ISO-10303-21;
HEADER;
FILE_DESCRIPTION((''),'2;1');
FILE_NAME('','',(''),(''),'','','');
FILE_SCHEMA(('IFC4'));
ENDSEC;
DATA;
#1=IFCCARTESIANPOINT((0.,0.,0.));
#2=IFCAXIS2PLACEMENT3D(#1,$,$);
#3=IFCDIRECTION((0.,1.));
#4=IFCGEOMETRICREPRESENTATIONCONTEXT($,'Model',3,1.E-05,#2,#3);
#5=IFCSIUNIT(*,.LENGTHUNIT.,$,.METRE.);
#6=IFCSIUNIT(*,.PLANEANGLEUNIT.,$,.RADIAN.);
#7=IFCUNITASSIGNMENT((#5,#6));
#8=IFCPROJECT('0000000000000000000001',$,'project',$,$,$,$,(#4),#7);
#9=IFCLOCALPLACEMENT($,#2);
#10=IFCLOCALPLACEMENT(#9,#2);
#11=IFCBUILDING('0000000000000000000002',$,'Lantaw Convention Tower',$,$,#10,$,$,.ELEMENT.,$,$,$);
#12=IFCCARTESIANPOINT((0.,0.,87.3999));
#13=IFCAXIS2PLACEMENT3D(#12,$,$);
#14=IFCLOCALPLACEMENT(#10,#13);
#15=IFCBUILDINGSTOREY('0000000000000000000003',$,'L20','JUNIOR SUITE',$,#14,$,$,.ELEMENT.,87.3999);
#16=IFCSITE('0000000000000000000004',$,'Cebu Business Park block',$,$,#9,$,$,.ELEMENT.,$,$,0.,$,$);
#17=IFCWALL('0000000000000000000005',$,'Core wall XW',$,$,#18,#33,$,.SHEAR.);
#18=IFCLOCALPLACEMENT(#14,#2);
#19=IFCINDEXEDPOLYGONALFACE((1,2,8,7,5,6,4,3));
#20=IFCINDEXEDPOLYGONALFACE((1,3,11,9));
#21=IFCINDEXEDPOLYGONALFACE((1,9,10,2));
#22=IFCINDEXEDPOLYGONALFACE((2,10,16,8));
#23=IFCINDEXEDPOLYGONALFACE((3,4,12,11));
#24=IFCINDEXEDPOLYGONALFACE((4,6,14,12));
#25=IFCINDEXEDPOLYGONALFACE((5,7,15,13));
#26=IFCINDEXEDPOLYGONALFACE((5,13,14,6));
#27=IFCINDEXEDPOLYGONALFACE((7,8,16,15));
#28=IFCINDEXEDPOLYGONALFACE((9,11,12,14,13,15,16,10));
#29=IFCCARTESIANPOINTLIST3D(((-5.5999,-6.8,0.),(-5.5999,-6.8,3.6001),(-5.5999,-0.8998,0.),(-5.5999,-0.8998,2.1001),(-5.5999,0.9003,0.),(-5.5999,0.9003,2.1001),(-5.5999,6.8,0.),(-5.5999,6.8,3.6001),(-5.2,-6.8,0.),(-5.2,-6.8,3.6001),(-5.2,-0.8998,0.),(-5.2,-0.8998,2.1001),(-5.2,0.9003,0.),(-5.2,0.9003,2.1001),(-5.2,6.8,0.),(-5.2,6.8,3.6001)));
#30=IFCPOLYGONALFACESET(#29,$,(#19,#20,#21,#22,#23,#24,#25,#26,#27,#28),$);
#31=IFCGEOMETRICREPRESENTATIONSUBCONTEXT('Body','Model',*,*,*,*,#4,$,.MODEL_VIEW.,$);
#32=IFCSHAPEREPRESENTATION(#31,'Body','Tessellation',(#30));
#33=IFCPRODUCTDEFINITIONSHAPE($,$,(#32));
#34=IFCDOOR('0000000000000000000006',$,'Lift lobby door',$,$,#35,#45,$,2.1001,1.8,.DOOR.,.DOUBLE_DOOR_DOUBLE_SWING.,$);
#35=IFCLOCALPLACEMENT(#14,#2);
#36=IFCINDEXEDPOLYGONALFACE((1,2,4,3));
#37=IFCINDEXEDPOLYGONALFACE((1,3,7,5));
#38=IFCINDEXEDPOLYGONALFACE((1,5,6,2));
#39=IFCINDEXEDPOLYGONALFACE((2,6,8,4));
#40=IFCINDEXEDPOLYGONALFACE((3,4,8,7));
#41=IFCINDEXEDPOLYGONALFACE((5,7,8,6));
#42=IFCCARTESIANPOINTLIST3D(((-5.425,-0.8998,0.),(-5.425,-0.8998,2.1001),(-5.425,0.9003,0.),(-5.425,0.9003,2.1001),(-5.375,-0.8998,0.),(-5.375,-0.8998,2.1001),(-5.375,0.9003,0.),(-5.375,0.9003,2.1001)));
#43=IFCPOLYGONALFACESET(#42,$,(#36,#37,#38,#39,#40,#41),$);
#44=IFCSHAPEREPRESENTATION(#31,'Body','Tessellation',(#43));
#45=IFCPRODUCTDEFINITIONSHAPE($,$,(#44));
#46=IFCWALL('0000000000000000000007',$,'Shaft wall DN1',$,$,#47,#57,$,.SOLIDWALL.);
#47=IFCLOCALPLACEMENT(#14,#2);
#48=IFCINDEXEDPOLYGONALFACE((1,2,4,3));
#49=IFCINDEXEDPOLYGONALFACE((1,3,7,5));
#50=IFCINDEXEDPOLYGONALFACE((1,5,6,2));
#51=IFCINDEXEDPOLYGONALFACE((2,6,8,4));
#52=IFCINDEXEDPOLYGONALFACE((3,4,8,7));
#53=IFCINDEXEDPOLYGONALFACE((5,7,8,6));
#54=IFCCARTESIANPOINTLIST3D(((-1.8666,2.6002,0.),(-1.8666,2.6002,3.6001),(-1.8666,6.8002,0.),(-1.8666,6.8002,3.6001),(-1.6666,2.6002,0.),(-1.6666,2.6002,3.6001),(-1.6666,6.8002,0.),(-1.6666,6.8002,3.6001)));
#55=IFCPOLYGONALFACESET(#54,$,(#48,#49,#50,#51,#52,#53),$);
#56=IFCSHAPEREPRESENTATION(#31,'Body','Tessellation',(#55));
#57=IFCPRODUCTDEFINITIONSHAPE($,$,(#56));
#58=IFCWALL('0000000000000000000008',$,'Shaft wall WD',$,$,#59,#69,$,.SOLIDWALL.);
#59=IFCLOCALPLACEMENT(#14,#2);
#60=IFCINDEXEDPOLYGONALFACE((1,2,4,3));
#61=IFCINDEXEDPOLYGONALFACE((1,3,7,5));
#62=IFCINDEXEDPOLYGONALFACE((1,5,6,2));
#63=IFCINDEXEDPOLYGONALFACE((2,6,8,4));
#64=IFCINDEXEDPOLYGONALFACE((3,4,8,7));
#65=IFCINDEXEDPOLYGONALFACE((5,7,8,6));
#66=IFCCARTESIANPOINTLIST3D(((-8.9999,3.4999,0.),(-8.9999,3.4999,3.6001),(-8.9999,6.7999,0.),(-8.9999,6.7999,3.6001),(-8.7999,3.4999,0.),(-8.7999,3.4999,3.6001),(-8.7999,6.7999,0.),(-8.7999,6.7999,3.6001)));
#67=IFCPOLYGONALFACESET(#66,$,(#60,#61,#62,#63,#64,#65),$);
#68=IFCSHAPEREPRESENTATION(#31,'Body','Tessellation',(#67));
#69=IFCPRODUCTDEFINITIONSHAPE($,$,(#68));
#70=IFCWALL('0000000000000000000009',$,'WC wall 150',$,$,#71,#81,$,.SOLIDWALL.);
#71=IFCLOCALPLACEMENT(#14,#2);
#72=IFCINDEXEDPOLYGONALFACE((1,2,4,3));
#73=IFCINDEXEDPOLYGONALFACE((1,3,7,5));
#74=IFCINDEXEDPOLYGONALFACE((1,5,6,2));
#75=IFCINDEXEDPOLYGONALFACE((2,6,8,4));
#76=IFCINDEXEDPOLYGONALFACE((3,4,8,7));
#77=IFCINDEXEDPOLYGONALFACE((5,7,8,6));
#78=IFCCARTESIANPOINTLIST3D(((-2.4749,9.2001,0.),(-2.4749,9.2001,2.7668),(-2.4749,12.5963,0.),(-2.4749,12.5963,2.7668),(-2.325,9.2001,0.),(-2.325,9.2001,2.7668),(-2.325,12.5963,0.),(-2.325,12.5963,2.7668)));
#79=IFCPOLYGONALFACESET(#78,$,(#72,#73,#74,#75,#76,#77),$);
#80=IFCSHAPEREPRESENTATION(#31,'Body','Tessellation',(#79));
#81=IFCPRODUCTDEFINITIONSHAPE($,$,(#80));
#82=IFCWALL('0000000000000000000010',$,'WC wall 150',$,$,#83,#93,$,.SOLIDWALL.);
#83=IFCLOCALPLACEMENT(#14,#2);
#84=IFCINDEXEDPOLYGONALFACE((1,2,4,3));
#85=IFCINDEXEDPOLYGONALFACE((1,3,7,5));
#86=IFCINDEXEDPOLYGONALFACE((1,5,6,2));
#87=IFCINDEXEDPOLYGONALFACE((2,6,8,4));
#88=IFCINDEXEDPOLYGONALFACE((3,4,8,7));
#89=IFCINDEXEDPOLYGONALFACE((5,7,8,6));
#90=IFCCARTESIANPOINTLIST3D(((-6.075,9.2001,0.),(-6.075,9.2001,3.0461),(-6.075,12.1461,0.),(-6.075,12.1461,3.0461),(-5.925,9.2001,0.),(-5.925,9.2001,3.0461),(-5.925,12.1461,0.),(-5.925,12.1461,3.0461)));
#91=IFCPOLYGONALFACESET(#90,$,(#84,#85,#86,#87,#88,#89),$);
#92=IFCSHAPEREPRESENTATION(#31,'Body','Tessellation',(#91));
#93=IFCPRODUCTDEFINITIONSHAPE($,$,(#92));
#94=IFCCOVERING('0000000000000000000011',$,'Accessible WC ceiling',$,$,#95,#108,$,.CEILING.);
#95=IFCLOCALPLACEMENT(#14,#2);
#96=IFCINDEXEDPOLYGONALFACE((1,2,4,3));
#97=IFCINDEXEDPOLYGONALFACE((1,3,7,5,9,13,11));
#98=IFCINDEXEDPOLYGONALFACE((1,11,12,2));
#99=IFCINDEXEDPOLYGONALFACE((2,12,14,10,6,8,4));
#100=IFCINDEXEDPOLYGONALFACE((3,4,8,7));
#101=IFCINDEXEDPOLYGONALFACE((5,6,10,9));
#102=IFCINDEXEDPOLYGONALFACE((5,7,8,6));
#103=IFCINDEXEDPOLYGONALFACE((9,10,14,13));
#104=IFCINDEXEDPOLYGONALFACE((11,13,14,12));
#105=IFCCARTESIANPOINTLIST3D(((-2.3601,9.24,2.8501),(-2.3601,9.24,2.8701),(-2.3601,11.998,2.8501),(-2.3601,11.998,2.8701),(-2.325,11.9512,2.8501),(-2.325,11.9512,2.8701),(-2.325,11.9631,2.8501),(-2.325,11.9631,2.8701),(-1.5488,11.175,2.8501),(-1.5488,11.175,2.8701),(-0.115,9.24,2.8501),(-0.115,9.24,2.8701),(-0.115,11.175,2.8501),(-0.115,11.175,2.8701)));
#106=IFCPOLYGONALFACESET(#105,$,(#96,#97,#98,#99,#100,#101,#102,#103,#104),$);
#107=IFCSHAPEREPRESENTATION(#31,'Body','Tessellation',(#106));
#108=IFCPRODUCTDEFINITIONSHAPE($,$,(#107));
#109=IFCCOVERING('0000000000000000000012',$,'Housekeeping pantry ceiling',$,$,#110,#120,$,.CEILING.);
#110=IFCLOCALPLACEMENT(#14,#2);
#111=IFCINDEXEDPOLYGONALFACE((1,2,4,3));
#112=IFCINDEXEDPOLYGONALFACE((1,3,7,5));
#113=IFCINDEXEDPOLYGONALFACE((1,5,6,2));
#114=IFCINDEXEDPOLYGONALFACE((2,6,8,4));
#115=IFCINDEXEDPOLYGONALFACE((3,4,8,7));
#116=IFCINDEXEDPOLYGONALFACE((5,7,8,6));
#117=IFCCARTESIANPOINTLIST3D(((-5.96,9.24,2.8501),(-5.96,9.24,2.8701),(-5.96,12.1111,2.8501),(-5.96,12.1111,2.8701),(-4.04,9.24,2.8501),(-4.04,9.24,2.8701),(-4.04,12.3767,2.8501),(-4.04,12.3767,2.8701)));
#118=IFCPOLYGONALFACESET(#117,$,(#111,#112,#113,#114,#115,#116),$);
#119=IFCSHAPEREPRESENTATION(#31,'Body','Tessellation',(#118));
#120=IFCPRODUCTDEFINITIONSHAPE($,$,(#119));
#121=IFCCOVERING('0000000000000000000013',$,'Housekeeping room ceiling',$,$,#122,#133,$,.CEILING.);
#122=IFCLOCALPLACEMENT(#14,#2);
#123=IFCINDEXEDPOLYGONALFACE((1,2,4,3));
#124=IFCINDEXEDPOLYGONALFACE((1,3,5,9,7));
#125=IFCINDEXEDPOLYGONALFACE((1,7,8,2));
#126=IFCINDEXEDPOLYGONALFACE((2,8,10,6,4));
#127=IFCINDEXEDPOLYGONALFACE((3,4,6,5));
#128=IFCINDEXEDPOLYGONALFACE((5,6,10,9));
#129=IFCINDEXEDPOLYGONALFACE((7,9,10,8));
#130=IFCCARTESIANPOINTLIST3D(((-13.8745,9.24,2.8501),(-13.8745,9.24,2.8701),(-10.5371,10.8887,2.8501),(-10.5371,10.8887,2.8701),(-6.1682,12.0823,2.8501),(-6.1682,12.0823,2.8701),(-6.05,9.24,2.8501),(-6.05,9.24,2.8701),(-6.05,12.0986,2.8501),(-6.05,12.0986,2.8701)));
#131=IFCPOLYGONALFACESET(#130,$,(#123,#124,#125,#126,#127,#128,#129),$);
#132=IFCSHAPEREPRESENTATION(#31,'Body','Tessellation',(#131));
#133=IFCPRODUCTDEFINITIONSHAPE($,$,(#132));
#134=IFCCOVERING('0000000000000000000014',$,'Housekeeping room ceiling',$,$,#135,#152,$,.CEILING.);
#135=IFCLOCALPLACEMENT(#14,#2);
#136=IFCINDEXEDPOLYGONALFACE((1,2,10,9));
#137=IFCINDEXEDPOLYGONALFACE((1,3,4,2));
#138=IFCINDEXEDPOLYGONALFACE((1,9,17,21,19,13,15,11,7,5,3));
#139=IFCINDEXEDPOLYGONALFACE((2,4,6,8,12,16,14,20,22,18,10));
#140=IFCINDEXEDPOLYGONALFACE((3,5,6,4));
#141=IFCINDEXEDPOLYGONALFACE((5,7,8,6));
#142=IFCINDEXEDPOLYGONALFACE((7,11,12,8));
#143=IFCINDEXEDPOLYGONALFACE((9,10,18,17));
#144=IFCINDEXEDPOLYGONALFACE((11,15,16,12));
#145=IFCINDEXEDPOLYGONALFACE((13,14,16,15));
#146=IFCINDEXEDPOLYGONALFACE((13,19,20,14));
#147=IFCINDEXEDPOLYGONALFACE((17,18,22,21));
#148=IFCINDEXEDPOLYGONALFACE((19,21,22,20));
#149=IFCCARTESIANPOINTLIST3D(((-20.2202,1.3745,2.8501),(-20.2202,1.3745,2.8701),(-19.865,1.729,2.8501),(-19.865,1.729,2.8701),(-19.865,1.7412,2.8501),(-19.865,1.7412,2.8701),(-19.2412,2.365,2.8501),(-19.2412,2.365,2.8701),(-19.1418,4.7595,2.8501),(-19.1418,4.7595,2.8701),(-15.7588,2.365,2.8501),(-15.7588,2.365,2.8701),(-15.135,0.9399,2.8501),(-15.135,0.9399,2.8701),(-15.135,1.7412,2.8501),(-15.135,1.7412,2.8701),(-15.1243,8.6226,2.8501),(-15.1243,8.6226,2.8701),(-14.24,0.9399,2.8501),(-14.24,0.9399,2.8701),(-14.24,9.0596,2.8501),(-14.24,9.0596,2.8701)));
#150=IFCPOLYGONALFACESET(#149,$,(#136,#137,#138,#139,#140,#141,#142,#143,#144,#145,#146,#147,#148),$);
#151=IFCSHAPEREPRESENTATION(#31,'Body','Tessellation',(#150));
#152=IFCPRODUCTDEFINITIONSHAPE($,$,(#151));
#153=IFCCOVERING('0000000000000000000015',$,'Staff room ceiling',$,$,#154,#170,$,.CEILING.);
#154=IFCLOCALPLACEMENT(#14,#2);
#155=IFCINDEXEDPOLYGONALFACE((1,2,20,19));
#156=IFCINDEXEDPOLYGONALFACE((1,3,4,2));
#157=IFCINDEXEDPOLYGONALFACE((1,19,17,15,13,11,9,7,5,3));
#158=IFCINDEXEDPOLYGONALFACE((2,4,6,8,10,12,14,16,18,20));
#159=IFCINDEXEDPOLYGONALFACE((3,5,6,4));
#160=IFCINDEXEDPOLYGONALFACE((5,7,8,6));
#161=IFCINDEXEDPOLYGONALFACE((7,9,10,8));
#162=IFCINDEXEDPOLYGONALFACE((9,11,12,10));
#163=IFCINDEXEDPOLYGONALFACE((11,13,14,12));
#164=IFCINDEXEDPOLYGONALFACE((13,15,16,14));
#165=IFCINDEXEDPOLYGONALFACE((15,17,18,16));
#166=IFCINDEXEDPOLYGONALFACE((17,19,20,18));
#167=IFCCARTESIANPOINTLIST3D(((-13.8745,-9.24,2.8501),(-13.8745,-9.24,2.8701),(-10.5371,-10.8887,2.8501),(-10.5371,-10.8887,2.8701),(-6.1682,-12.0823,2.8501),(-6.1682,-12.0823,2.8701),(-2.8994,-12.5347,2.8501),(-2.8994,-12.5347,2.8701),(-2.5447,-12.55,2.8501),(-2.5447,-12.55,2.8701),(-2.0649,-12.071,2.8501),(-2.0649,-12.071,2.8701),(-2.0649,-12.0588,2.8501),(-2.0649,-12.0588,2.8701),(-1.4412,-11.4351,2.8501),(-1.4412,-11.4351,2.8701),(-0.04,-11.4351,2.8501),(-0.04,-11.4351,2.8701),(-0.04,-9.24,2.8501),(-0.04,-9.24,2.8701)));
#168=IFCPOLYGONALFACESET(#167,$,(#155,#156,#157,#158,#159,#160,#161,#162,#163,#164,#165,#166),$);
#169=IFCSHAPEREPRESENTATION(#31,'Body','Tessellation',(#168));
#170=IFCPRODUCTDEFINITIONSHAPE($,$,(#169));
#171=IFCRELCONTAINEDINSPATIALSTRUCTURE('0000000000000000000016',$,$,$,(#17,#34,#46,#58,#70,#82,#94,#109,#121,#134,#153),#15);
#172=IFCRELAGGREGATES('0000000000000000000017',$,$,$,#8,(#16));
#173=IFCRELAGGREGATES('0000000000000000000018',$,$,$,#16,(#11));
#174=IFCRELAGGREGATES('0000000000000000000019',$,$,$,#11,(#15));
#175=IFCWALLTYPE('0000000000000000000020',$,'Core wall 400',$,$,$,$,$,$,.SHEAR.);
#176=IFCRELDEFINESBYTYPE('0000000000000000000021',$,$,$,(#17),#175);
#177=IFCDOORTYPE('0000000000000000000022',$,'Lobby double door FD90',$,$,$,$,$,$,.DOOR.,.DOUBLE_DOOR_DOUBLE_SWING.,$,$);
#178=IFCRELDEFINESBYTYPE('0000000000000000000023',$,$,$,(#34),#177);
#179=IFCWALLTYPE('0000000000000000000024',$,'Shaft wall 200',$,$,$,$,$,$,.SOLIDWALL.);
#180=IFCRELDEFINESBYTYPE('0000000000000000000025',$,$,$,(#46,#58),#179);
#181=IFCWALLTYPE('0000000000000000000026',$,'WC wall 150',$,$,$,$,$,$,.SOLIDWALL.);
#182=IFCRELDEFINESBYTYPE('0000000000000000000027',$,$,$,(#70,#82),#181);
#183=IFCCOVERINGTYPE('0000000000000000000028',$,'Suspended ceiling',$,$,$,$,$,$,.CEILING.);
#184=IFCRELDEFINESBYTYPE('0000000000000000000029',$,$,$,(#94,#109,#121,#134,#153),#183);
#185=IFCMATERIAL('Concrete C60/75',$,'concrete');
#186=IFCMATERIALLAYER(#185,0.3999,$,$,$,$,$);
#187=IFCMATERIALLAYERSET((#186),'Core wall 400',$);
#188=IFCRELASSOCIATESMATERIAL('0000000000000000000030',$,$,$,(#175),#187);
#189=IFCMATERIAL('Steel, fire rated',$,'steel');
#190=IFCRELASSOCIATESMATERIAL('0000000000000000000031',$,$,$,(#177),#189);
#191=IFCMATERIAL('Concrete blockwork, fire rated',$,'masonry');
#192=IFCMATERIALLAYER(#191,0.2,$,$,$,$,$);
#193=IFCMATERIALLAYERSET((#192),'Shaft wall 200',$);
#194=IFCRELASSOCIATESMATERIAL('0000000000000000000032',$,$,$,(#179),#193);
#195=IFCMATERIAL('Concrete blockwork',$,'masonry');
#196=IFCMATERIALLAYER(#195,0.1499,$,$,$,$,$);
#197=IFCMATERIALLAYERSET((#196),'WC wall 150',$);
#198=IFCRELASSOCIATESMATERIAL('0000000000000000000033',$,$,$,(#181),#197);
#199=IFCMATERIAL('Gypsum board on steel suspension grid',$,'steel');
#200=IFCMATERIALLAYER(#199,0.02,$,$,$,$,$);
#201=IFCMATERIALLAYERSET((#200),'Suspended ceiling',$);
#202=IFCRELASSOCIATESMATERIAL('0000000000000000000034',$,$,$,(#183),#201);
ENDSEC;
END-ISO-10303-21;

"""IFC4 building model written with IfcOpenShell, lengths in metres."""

from ifc_helpers import new_model, si_unit, direction, frame, frame_2d, origin, place, context, subcontext, project, spatial, polyline, rectangle, outline, extrude, material, layer, layer_set, type_object, element, fill, save


model = new_model("IFC4")

# Units and contexts
model_context = context("Model", 3, precision=1e-05, world=origin(), true_north=direction((0.0, 1.0)))
body_context = subcontext(model_context, "Body", "Model", "MODEL_VIEW")
ifc_project = project(units=[si_unit("LENGTHUNIT", "METRE"), si_unit("PLANEANGLEUNIT", "RADIAN")], contexts=[model_context])

# Site, building, storey
site_placement = place(None, origin())
site = spatial("IfcSite", under=ifc_project, at=site_placement, Name="Cebu Business Park block", CompositionType="ELEMENT", RefElevation=0.0)
building_placement = place(site_placement, origin())
building = spatial("IfcBuilding", under=site, at=building_placement, Name="Lantaw Convention Tower", CompositionType="ELEMENT")
storey_placement = place(building_placement, frame((0.0, 0.0, 87.3999)))
storey = spatial("IfcBuildingStorey", under=building, at=storey_placement, Name="L20", Description="JUNIOR SUITE", CompositionType="ELEMENT", Elevation=87.3999)

# Wall, opening, door
ifc_material_1 = material(Name="Concrete C60/75", Category="concrete")
ifc_layer_1 = layer(ifc_material_1, 0.3999)
ifc_layer_set_1 = layer_set([ifc_layer_1], Name="Core wall 400")
wall_type_1 = type_object("IfcWallType", Name="Core wall 400", PredefinedType="SHEAR", material=ifc_layer_set_1)
wall_1_placement = place(storey_placement, frame((-5.3999, 6.8, 0.0), z_axis=(0.0, 0.0, 1.0), x_axis=(0.0, -1.0, 0.0)))
wall_1 = element("IfcWall", 1, at=wall_1_placement, inside=storey, type_object=wall_type_1, Name="Core wall XW", PredefinedType="SHEAR", context=body_context, shape_type="SweptSolid", body=[
    extrude(rectangle(XDim=13.6001, YDim=0.3999, at=frame_2d((6.8, 0.0))), origin(), (0.0, 0.0, 1.0), 3.6001),
])
opening_placement = place(wall_1_placement, frame((5.8999, 0.0, 0.0)))
opening = element("IfcOpeningElement", 2, at=opening_placement, cuts=wall_1, PredefinedType="OPENING", context=body_context, shape_type="SweptSolid", body=[
    extrude(rectangle(XDim=1.8, YDim=2.1001, at=frame_2d((0.8999, 1.05))), frame((0.0, 0.21, 0.0), z_axis=(0.0, -1.0, 0.0), x_axis=(1.0, 0.0, 0.0)), (0.0, 0.0, 1.0), 0.4199),
])
ifc_material_2 = material(Name="Steel, fire rated", Category="steel")
door_type = type_object("IfcDoorType", Name="Lobby double door FD90", OperationType="DOUBLE_DOOR_DOUBLE_SWING", PredefinedType="DOOR", material=ifc_material_2)
door_placement = place(opening_placement, origin())
door = element("IfcDoor", 3, at=door_placement, inside=storey, type_object=door_type, Name="Lift lobby door", OperationType="DOUBLE_DOOR_DOUBLE_SWING", OverallHeight=2.1001, OverallWidth=1.8, PredefinedType="DOOR", context=body_context, shape_type="SweptSolid", body=[
    extrude(rectangle(XDim=1.8, YDim=2.1001, at=frame_2d((0.8999, 1.05))), frame((0.0, 0.0249, 0.0), z_axis=(0.0, -1.0, 0.0), x_axis=(1.0, 0.0, 0.0)), (0.0, 0.0, 1.0), 0.05),
])
fill(opening, door)

# Walls
ifc_material_3 = material(Name="Concrete blockwork, fire rated", Category="masonry")
ifc_layer_2 = layer(ifc_material_3, 0.2)
ifc_layer_set_2 = layer_set([ifc_layer_2], Name="Shaft wall 200")
wall_type_2 = type_object("IfcWallType", Name="Shaft wall 200", PredefinedType="SOLIDWALL", material=ifc_layer_set_2)
wall_2_placement = place(storey_placement, frame((-1.7666, 2.6001, 0.0), z_axis=(0.0, 0.0, 1.0), x_axis=(0.0, 1.0, 0.0)))
element("IfcWall", 4, at=wall_2_placement, inside=storey, type_object=wall_type_2, Name="Shaft wall DN1", PredefinedType="SOLIDWALL", context=body_context, shape_type="SweptSolid", body=[
    extrude(rectangle(XDim=4.2, YDim=0.2, at=frame_2d((2.1001, 0.0))), origin(), (0.0, 0.0, 1.0), 3.6001),
])
wall_3_placement = place(storey_placement, frame((-8.8999, 3.5, 0.0), z_axis=(0.0, 0.0, 1.0), x_axis=(0.0, 1.0, 0.0)))
element("IfcWall", 5, at=wall_3_placement, inside=storey, type_object=wall_type_2, Name="Shaft wall WD", PredefinedType="SOLIDWALL", context=body_context, shape_type="SweptSolid", body=[
    extrude(rectangle(XDim=3.3, YDim=0.2, at=frame_2d((1.6499, 0.0))), origin(), (0.0, 0.0, 1.0), 3.6001),
])
ifc_material_4 = material(Name="Concrete blockwork", Category="masonry")
ifc_layer_3 = layer(ifc_material_4, 0.1499)
ifc_layer_set_3 = layer_set([ifc_layer_3], Name="WC wall 150")
wall_type_3 = type_object("IfcWallType", Name="WC wall 150", PredefinedType="SOLIDWALL", material=ifc_layer_set_3)
wall_4_placement = place(storey_placement, frame((-2.3999, 9.2, 0.0), z_axis=(0.0, 0.0, 1.0), x_axis=(0.0, 1.0, 0.0)))
element("IfcWall", 6, at=wall_4_placement, inside=storey, type_object=wall_type_3, Name="WC wall 150", PredefinedType="SOLIDWALL", context=body_context, shape_type="SweptSolid", body=[
    extrude(rectangle(XDim=3.3962, YDim=0.1499, at=frame_2d((1.6982, 0.0))), origin(), (0.0, 0.0, 1.0), 2.7668),
])
wall_5_placement = place(storey_placement, frame((-6.0, 9.2, 0.0), z_axis=(0.0, 0.0, 1.0), x_axis=(0.0, 1.0, 0.0)))
element("IfcWall", 7, at=wall_5_placement, inside=storey, type_object=wall_type_3, Name="WC wall 150", PredefinedType="SOLIDWALL", context=body_context, shape_type="SweptSolid", body=[
    extrude(rectangle(XDim=2.946, YDim=0.1499, at=frame_2d((1.4731, 0.0))), origin(), (0.0, 0.0, 1.0), 3.0461),
])

# Coverings
ifc_material_5 = material(Name="Gypsum board on steel suspension grid", Category="steel")
ifc_layer_4 = layer(ifc_material_5, 0.02)
ifc_layer_set_4 = layer_set([ifc_layer_4], Name="Suspended ceiling")
covering_type = type_object("IfcCoveringType", Name="Suspended ceiling", PredefinedType="CEILING", material=ifc_layer_set_4)
covering_1_placement = place(storey_placement, frame((0.0, 0.0, 2.8501)))
element("IfcCovering", 8, at=covering_1_placement, inside=storey, type_object=covering_type, Name="Accessible WC ceiling", PredefinedType="CEILING", context=body_context, shape_type="SweptSolid", body=[
    extrude(outline(polyline([(-2.3601, 9.24), (-0.115, 9.24), (-0.115, 11.175), (-1.5488, 11.175), (-2.325, 11.9512), (-2.325, 11.9631), (-2.3601, 11.998), (-2.3601, 9.24)])), origin(), (0.0, 0.0, 1.0), 0.02),
])
covering_2_placement = place(storey_placement, frame((0.0, 0.0, 2.8501)))
element("IfcCovering", 9, at=covering_2_placement, inside=storey, type_object=covering_type, Name="Housekeeping pantry ceiling", PredefinedType="CEILING", context=body_context, shape_type="SweptSolid", body=[
    extrude(outline(polyline([(-5.96, 9.24), (-4.04, 9.24), (-4.04, 12.3767), (-5.96, 12.1111), (-5.96, 9.24)])), origin(), (0.0, 0.0, 1.0), 0.02),
])
covering_3_placement = place(storey_placement, frame((0.0, 0.0, 2.8501)))
element("IfcCovering", 10, at=covering_3_placement, inside=storey, type_object=covering_type, Name="Housekeeping room ceiling", PredefinedType="CEILING", context=body_context, shape_type="SweptSolid", body=[
    extrude(outline(polyline([(-13.8745, 9.24), (-6.05, 9.24), (-6.05, 12.0986), (-6.1682, 12.0823), (-10.5371, 10.8887), (-13.8745, 9.24)])), origin(), (0.0, 0.0, 1.0), 0.02),
])
covering_4_placement = place(storey_placement, frame((0.0, 0.0, 2.8501)))
element("IfcCovering", 11, at=covering_4_placement, inside=storey, type_object=covering_type, Name="Housekeeping room ceiling", PredefinedType="CEILING", context=body_context, shape_type="SweptSolid", body=[
    extrude(outline(polyline([(-19.865, 1.729), (-19.865, 1.7412), (-19.2412, 2.365), (-15.7588, 2.365), (-15.135, 1.7412), (-15.135, 0.9399), (-14.24, 0.9399), (-14.24, 9.0596), (-15.1243, 8.6226), (-19.1418, 4.7595), (-20.2202, 1.3745), (-19.865, 1.729)])), origin(), (0.0, 0.0, 1.0), 0.02),
])
covering_5_placement = place(storey_placement, frame((0.0, 0.0, 2.8501)))
element("IfcCovering", 12, at=covering_5_placement, inside=storey, type_object=covering_type, Name="Staff room ceiling", PredefinedType="CEILING", context=body_context, shape_type="SweptSolid", body=[
    extrude(outline(polyline([(-10.5371, -10.8887), (-6.1682, -12.0823), (-2.8994, -12.5347), (-2.5447, -12.55), (-2.0649, -12.071), (-2.0649, -12.0588), (-1.4412, -11.4351), (-0.04, -11.4351), (-0.04, -9.24), (-13.8745, -9.24), (-10.5371, -10.8887)])), origin(), (0.0, 0.0, 1.0), 0.02),
])

save(model, "model.ifc")
